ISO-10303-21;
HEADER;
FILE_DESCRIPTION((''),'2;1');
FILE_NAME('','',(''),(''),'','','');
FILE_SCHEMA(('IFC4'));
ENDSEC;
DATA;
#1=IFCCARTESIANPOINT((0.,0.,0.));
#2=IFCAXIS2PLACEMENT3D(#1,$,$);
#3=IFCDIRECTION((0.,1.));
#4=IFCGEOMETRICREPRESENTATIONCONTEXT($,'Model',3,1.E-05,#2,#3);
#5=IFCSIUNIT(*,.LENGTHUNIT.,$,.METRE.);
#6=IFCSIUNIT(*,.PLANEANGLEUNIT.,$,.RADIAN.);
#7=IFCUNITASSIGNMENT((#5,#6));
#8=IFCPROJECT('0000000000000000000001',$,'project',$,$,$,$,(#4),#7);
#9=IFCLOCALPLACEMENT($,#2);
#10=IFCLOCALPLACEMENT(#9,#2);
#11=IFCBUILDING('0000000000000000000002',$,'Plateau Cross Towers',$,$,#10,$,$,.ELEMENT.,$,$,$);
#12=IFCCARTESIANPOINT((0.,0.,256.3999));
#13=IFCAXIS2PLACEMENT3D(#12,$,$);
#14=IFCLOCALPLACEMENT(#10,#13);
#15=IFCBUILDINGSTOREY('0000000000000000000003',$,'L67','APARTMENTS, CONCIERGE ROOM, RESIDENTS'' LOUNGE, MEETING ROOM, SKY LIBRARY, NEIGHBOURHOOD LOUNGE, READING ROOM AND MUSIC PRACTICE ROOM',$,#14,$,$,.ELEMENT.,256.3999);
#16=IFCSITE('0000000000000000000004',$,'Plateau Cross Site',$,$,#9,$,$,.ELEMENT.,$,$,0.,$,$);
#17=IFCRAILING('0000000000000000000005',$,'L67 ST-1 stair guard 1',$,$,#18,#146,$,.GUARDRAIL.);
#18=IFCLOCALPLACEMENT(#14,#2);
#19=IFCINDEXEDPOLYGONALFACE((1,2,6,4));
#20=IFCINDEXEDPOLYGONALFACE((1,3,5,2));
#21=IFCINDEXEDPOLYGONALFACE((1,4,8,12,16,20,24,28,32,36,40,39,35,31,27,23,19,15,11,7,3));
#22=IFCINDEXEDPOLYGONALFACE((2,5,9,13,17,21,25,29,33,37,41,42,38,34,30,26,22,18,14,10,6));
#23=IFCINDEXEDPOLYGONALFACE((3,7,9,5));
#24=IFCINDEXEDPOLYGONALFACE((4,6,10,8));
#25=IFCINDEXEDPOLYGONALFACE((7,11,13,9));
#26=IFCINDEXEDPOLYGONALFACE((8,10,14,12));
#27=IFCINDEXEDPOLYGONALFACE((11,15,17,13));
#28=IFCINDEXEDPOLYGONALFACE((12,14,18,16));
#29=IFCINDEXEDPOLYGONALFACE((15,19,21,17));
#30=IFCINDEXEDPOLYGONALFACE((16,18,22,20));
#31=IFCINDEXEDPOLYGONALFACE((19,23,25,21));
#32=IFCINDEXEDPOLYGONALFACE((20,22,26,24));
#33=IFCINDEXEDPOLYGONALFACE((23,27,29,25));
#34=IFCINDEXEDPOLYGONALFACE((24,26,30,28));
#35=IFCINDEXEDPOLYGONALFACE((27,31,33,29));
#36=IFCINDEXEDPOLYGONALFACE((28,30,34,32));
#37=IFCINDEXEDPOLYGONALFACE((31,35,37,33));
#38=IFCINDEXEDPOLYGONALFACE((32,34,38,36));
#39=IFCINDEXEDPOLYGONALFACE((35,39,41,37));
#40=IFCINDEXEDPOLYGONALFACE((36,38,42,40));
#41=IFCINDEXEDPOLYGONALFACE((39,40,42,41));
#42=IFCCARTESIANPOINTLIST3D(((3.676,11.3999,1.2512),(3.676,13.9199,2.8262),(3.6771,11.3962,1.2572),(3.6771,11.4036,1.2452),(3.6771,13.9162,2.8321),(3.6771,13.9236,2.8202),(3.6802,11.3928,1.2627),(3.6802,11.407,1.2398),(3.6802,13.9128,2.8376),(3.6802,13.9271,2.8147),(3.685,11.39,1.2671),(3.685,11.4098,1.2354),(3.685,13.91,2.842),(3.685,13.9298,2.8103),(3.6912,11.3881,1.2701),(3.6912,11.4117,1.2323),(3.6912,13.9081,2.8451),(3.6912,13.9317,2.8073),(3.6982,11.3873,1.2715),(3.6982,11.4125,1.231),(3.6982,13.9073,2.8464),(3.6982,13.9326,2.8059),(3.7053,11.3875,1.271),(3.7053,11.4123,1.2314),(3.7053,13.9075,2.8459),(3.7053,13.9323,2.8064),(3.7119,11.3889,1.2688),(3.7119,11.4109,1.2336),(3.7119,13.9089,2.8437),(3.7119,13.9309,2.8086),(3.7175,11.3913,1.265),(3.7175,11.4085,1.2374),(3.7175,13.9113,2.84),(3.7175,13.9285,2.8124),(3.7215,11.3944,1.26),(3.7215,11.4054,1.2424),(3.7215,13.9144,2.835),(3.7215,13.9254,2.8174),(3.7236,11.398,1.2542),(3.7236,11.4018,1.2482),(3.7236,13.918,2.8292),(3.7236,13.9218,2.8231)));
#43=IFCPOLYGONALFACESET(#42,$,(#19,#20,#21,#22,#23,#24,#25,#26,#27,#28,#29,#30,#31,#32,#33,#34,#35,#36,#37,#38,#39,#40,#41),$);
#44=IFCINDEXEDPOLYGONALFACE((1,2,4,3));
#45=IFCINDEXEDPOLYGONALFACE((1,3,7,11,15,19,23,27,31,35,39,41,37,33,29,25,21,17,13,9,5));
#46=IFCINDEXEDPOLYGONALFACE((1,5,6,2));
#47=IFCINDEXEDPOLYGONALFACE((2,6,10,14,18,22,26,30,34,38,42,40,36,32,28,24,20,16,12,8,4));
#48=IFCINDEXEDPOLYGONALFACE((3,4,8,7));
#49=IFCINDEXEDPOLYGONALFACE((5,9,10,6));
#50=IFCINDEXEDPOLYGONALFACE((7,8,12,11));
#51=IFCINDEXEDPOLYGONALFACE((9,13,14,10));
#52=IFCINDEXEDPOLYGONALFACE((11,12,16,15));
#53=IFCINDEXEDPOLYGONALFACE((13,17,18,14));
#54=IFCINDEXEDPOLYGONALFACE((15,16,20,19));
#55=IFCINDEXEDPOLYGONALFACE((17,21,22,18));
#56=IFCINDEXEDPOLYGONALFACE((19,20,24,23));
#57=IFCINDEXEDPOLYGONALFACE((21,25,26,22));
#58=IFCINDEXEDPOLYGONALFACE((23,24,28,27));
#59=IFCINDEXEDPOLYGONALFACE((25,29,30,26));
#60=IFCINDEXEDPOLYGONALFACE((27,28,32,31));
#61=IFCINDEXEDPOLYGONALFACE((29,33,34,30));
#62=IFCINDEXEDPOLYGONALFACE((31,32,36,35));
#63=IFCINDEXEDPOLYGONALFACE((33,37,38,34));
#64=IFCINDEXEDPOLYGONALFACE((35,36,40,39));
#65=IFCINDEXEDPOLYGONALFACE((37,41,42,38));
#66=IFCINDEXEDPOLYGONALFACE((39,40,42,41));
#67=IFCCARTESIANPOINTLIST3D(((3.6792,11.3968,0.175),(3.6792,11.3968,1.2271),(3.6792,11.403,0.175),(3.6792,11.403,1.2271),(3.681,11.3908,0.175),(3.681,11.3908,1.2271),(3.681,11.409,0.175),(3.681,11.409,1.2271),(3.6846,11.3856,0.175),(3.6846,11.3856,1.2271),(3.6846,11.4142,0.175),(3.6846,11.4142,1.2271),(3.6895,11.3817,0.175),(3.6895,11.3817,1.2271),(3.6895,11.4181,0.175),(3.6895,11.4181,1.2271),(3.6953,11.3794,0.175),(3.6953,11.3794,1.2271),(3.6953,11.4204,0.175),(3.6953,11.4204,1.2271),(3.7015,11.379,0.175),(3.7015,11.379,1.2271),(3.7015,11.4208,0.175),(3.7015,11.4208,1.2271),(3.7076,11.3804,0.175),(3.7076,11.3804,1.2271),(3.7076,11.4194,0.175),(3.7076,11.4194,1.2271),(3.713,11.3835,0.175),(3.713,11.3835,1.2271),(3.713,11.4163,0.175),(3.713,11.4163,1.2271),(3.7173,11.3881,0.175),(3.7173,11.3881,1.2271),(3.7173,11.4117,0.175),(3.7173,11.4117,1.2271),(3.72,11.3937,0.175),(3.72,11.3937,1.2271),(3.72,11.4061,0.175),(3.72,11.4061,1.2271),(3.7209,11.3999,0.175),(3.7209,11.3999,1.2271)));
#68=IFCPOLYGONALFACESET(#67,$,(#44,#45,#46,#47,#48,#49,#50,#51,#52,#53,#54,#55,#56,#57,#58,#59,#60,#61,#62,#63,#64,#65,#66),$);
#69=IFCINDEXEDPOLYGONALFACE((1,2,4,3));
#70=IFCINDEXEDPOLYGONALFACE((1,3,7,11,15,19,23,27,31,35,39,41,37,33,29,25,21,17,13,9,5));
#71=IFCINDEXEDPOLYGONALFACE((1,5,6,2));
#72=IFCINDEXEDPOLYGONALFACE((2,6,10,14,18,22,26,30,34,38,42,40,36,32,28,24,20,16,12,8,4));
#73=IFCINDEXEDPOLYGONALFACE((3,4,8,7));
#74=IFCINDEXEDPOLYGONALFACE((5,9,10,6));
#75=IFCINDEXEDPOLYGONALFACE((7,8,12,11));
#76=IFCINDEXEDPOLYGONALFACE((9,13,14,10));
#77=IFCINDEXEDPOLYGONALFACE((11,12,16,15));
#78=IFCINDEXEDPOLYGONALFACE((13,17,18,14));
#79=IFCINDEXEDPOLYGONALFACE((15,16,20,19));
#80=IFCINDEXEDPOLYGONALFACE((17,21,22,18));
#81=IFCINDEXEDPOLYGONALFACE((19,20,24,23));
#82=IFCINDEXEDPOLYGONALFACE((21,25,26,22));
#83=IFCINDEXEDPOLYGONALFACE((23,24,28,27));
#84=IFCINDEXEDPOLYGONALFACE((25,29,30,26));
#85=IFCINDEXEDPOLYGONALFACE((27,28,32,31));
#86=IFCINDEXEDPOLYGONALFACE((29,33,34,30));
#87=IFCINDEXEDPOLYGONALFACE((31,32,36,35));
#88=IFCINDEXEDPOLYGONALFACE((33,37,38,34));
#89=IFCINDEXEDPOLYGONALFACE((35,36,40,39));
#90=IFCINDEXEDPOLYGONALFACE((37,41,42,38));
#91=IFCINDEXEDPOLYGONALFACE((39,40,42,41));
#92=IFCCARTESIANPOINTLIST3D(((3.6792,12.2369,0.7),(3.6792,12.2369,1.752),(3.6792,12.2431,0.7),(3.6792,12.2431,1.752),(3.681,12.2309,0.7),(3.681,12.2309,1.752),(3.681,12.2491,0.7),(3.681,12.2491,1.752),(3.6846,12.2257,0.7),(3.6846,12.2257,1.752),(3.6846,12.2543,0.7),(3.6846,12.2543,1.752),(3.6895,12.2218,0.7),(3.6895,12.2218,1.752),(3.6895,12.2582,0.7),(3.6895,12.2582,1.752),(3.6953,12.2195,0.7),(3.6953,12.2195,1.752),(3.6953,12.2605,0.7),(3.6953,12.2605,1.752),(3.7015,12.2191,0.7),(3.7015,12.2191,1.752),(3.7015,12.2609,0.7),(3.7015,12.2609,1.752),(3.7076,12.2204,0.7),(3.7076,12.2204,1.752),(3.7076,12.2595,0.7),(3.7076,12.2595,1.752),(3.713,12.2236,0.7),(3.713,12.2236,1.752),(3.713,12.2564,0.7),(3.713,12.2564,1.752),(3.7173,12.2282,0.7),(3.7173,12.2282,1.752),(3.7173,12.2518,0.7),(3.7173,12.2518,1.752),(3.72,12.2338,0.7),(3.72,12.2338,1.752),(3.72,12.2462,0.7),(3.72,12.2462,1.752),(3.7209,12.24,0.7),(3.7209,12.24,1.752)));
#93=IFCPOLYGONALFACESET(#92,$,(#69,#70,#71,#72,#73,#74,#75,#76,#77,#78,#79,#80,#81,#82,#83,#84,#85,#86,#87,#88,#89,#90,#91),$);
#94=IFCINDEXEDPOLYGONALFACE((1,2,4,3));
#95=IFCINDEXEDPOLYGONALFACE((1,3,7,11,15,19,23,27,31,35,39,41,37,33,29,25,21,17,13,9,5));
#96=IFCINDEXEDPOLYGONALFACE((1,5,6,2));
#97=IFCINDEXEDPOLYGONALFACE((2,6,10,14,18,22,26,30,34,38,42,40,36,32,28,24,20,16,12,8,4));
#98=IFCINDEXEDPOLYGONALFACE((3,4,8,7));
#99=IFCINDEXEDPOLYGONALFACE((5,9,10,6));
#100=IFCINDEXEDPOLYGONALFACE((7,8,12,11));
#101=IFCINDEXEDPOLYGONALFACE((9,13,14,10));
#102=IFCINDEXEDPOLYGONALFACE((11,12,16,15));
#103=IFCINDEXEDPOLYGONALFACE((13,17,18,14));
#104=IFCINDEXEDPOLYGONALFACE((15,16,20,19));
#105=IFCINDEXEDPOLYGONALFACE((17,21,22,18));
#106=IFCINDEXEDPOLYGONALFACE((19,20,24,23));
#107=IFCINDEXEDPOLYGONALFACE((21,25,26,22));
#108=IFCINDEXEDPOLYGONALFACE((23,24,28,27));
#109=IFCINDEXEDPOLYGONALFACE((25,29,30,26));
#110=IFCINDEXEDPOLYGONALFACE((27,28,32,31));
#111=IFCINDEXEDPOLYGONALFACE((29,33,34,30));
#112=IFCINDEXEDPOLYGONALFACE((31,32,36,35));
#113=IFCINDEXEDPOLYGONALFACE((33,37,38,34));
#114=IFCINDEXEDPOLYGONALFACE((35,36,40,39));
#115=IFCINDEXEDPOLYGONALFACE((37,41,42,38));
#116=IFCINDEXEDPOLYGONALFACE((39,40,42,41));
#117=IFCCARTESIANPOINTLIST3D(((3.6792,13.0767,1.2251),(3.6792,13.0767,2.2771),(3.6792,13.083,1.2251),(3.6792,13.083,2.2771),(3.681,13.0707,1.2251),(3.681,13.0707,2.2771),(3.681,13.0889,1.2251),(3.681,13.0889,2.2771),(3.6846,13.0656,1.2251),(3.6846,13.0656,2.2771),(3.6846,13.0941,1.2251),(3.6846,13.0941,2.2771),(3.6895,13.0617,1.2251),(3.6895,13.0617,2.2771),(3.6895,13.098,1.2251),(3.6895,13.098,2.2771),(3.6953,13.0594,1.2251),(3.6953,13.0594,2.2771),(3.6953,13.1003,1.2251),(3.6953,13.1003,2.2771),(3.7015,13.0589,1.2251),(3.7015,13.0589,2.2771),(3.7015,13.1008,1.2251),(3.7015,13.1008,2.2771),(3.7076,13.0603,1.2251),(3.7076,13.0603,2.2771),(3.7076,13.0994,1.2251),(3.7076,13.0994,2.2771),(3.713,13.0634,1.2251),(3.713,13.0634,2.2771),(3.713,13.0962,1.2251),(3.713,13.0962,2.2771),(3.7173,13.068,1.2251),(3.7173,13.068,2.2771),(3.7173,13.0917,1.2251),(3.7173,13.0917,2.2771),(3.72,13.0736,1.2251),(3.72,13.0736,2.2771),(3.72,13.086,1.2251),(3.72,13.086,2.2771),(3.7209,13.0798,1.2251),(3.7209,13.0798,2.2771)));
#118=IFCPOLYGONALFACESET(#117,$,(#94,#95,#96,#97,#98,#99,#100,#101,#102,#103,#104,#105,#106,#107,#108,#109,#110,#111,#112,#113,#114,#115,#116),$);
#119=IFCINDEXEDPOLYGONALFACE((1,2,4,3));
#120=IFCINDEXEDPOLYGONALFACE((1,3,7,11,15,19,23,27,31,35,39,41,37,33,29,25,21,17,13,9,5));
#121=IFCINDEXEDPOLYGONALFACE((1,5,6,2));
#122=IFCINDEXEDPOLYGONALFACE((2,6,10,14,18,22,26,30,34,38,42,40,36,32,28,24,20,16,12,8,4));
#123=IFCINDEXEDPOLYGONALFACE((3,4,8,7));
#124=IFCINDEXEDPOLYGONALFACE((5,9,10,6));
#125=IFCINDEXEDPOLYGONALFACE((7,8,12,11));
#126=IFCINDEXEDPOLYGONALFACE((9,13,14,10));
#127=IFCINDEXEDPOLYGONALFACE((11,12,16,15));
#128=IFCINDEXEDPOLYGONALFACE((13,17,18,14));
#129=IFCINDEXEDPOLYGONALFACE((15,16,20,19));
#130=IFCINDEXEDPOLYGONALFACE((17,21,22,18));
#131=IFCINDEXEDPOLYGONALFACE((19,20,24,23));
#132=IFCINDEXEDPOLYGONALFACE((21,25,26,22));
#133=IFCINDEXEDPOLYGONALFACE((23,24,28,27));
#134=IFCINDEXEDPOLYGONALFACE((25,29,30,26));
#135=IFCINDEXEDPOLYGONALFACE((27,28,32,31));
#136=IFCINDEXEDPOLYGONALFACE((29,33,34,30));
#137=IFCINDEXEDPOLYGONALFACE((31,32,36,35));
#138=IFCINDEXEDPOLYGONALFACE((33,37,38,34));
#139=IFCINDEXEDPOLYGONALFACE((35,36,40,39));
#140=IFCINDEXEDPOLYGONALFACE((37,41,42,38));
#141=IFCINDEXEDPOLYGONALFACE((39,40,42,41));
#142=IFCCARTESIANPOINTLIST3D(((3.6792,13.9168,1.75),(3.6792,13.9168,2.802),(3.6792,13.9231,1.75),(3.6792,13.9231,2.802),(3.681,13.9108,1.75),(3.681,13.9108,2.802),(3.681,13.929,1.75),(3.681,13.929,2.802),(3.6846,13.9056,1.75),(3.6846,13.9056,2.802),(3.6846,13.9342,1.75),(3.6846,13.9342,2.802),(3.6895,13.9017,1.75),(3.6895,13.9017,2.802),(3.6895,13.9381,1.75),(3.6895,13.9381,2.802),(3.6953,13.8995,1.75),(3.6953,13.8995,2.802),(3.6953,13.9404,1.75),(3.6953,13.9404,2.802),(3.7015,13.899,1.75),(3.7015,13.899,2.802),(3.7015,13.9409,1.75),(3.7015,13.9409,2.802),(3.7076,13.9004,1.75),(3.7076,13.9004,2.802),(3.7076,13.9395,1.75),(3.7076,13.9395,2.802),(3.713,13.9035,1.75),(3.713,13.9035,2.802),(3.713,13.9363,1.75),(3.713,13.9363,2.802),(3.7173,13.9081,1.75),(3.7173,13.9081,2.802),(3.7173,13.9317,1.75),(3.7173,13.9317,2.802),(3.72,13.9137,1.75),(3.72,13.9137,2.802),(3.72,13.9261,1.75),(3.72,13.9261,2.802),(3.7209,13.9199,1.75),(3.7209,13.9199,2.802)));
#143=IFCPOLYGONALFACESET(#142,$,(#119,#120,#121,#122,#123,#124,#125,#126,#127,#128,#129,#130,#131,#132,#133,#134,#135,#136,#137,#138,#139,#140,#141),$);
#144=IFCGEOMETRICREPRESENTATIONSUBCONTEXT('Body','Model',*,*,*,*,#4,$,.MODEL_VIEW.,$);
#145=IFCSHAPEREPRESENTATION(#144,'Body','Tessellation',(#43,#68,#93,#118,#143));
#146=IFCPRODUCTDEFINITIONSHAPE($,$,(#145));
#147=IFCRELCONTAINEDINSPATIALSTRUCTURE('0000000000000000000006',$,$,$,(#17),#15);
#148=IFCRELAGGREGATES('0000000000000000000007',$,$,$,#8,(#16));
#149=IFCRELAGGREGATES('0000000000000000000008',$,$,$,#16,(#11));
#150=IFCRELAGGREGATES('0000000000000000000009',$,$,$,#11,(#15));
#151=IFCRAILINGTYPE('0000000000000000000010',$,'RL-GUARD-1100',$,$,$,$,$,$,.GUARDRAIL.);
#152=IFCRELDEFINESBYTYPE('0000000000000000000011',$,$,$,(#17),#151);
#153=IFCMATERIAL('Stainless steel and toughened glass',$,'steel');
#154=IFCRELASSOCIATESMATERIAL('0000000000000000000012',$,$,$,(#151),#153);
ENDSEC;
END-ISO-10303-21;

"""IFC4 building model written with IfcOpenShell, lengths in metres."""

from ifc_helpers import new_model, si_unit, direction, frame, origin, origin_2d, place, context, subcontext, project, spatial, circle, extrude, material, type_object, element, save


model = new_model("IFC4")

# Units and contexts
model_context = context("Model", 3, precision=1e-05, world=origin(), true_north=direction((0.0, 1.0)))
body_context = subcontext(model_context, "Body", "Model", "MODEL_VIEW")
ifc_project = project(units=[si_unit("LENGTHUNIT", "METRE"), si_unit("PLANEANGLEUNIT", "RADIAN")], contexts=[model_context])

# Site, building, storey
site_placement = place(None, origin())
site = spatial("IfcSite", under=ifc_project, at=site_placement, Name="Plateau Cross Site", CompositionType="ELEMENT", RefElevation=0.0)
building_placement = place(site_placement, origin())
building = spatial("IfcBuilding", under=site, at=building_placement, Name="Plateau Cross Towers", CompositionType="ELEMENT")
storey_placement = place(building_placement, frame((0.0, 0.0, 256.3999)))
storey = spatial("IfcBuildingStorey", under=building, at=storey_placement, Name="L67", Description="APARTMENTS, CONCIERGE ROOM, RESIDENTS' LOUNGE, MEETING ROOM, SKY LIBRARY, NEIGHBOURHOOD LOUNGE, READING ROOM AND MUSIC PRACTICE ROOM", CompositionType="ELEMENT", Elevation=256.3999)

# Railing
ifc_material_1 = material(Name="Stainless steel and toughened glass", Category="steel")
railing_type_1 = type_object("IfcRailingType", Name="RL-GUARD-1100", PredefinedType="GUARDRAIL", material=ifc_material_1)
railing_1_placement = place(storey_placement, frame((3.7, 11.3999, 0.175)))
element("IfcRailing", 1, at=railing_1_placement, inside=storey, type_object=railing_type_1, Name="L67 ST-1 stair guard 1", PredefinedType="GUARDRAIL", context=body_context, shape_type="SweptSolid", body=[
    extrude(circle(Radius=0.0239, at=origin_2d()), frame((0.0, 0.0, 1.0762), z_axis=(0.0, 0.848008, 0.529984), x_axis=(-1.0, 0.0, 0.0)), (0.0, 0.0, 1.0), 2.9717),
    extrude(circle(Radius=0.021, at=origin_2d()), origin(), (0.0, 0.0, 1.0), 1.052),
    extrude(circle(Radius=0.021, at=origin_2d()), frame((0.0, 0.8401, 0.5249)), (0.0, 0.0, 1.0), 1.052),
    extrude(circle(Radius=0.021, at=origin_2d()), frame((0.0, 1.6799, 1.05)), (0.0, 0.0, 1.0), 1.052),
    extrude(circle(Radius=0.021, at=origin_2d()), frame((0.0, 2.52, 1.575)), (0.0, 0.0, 1.0), 1.052),
])

save(model, "model.ifc")
